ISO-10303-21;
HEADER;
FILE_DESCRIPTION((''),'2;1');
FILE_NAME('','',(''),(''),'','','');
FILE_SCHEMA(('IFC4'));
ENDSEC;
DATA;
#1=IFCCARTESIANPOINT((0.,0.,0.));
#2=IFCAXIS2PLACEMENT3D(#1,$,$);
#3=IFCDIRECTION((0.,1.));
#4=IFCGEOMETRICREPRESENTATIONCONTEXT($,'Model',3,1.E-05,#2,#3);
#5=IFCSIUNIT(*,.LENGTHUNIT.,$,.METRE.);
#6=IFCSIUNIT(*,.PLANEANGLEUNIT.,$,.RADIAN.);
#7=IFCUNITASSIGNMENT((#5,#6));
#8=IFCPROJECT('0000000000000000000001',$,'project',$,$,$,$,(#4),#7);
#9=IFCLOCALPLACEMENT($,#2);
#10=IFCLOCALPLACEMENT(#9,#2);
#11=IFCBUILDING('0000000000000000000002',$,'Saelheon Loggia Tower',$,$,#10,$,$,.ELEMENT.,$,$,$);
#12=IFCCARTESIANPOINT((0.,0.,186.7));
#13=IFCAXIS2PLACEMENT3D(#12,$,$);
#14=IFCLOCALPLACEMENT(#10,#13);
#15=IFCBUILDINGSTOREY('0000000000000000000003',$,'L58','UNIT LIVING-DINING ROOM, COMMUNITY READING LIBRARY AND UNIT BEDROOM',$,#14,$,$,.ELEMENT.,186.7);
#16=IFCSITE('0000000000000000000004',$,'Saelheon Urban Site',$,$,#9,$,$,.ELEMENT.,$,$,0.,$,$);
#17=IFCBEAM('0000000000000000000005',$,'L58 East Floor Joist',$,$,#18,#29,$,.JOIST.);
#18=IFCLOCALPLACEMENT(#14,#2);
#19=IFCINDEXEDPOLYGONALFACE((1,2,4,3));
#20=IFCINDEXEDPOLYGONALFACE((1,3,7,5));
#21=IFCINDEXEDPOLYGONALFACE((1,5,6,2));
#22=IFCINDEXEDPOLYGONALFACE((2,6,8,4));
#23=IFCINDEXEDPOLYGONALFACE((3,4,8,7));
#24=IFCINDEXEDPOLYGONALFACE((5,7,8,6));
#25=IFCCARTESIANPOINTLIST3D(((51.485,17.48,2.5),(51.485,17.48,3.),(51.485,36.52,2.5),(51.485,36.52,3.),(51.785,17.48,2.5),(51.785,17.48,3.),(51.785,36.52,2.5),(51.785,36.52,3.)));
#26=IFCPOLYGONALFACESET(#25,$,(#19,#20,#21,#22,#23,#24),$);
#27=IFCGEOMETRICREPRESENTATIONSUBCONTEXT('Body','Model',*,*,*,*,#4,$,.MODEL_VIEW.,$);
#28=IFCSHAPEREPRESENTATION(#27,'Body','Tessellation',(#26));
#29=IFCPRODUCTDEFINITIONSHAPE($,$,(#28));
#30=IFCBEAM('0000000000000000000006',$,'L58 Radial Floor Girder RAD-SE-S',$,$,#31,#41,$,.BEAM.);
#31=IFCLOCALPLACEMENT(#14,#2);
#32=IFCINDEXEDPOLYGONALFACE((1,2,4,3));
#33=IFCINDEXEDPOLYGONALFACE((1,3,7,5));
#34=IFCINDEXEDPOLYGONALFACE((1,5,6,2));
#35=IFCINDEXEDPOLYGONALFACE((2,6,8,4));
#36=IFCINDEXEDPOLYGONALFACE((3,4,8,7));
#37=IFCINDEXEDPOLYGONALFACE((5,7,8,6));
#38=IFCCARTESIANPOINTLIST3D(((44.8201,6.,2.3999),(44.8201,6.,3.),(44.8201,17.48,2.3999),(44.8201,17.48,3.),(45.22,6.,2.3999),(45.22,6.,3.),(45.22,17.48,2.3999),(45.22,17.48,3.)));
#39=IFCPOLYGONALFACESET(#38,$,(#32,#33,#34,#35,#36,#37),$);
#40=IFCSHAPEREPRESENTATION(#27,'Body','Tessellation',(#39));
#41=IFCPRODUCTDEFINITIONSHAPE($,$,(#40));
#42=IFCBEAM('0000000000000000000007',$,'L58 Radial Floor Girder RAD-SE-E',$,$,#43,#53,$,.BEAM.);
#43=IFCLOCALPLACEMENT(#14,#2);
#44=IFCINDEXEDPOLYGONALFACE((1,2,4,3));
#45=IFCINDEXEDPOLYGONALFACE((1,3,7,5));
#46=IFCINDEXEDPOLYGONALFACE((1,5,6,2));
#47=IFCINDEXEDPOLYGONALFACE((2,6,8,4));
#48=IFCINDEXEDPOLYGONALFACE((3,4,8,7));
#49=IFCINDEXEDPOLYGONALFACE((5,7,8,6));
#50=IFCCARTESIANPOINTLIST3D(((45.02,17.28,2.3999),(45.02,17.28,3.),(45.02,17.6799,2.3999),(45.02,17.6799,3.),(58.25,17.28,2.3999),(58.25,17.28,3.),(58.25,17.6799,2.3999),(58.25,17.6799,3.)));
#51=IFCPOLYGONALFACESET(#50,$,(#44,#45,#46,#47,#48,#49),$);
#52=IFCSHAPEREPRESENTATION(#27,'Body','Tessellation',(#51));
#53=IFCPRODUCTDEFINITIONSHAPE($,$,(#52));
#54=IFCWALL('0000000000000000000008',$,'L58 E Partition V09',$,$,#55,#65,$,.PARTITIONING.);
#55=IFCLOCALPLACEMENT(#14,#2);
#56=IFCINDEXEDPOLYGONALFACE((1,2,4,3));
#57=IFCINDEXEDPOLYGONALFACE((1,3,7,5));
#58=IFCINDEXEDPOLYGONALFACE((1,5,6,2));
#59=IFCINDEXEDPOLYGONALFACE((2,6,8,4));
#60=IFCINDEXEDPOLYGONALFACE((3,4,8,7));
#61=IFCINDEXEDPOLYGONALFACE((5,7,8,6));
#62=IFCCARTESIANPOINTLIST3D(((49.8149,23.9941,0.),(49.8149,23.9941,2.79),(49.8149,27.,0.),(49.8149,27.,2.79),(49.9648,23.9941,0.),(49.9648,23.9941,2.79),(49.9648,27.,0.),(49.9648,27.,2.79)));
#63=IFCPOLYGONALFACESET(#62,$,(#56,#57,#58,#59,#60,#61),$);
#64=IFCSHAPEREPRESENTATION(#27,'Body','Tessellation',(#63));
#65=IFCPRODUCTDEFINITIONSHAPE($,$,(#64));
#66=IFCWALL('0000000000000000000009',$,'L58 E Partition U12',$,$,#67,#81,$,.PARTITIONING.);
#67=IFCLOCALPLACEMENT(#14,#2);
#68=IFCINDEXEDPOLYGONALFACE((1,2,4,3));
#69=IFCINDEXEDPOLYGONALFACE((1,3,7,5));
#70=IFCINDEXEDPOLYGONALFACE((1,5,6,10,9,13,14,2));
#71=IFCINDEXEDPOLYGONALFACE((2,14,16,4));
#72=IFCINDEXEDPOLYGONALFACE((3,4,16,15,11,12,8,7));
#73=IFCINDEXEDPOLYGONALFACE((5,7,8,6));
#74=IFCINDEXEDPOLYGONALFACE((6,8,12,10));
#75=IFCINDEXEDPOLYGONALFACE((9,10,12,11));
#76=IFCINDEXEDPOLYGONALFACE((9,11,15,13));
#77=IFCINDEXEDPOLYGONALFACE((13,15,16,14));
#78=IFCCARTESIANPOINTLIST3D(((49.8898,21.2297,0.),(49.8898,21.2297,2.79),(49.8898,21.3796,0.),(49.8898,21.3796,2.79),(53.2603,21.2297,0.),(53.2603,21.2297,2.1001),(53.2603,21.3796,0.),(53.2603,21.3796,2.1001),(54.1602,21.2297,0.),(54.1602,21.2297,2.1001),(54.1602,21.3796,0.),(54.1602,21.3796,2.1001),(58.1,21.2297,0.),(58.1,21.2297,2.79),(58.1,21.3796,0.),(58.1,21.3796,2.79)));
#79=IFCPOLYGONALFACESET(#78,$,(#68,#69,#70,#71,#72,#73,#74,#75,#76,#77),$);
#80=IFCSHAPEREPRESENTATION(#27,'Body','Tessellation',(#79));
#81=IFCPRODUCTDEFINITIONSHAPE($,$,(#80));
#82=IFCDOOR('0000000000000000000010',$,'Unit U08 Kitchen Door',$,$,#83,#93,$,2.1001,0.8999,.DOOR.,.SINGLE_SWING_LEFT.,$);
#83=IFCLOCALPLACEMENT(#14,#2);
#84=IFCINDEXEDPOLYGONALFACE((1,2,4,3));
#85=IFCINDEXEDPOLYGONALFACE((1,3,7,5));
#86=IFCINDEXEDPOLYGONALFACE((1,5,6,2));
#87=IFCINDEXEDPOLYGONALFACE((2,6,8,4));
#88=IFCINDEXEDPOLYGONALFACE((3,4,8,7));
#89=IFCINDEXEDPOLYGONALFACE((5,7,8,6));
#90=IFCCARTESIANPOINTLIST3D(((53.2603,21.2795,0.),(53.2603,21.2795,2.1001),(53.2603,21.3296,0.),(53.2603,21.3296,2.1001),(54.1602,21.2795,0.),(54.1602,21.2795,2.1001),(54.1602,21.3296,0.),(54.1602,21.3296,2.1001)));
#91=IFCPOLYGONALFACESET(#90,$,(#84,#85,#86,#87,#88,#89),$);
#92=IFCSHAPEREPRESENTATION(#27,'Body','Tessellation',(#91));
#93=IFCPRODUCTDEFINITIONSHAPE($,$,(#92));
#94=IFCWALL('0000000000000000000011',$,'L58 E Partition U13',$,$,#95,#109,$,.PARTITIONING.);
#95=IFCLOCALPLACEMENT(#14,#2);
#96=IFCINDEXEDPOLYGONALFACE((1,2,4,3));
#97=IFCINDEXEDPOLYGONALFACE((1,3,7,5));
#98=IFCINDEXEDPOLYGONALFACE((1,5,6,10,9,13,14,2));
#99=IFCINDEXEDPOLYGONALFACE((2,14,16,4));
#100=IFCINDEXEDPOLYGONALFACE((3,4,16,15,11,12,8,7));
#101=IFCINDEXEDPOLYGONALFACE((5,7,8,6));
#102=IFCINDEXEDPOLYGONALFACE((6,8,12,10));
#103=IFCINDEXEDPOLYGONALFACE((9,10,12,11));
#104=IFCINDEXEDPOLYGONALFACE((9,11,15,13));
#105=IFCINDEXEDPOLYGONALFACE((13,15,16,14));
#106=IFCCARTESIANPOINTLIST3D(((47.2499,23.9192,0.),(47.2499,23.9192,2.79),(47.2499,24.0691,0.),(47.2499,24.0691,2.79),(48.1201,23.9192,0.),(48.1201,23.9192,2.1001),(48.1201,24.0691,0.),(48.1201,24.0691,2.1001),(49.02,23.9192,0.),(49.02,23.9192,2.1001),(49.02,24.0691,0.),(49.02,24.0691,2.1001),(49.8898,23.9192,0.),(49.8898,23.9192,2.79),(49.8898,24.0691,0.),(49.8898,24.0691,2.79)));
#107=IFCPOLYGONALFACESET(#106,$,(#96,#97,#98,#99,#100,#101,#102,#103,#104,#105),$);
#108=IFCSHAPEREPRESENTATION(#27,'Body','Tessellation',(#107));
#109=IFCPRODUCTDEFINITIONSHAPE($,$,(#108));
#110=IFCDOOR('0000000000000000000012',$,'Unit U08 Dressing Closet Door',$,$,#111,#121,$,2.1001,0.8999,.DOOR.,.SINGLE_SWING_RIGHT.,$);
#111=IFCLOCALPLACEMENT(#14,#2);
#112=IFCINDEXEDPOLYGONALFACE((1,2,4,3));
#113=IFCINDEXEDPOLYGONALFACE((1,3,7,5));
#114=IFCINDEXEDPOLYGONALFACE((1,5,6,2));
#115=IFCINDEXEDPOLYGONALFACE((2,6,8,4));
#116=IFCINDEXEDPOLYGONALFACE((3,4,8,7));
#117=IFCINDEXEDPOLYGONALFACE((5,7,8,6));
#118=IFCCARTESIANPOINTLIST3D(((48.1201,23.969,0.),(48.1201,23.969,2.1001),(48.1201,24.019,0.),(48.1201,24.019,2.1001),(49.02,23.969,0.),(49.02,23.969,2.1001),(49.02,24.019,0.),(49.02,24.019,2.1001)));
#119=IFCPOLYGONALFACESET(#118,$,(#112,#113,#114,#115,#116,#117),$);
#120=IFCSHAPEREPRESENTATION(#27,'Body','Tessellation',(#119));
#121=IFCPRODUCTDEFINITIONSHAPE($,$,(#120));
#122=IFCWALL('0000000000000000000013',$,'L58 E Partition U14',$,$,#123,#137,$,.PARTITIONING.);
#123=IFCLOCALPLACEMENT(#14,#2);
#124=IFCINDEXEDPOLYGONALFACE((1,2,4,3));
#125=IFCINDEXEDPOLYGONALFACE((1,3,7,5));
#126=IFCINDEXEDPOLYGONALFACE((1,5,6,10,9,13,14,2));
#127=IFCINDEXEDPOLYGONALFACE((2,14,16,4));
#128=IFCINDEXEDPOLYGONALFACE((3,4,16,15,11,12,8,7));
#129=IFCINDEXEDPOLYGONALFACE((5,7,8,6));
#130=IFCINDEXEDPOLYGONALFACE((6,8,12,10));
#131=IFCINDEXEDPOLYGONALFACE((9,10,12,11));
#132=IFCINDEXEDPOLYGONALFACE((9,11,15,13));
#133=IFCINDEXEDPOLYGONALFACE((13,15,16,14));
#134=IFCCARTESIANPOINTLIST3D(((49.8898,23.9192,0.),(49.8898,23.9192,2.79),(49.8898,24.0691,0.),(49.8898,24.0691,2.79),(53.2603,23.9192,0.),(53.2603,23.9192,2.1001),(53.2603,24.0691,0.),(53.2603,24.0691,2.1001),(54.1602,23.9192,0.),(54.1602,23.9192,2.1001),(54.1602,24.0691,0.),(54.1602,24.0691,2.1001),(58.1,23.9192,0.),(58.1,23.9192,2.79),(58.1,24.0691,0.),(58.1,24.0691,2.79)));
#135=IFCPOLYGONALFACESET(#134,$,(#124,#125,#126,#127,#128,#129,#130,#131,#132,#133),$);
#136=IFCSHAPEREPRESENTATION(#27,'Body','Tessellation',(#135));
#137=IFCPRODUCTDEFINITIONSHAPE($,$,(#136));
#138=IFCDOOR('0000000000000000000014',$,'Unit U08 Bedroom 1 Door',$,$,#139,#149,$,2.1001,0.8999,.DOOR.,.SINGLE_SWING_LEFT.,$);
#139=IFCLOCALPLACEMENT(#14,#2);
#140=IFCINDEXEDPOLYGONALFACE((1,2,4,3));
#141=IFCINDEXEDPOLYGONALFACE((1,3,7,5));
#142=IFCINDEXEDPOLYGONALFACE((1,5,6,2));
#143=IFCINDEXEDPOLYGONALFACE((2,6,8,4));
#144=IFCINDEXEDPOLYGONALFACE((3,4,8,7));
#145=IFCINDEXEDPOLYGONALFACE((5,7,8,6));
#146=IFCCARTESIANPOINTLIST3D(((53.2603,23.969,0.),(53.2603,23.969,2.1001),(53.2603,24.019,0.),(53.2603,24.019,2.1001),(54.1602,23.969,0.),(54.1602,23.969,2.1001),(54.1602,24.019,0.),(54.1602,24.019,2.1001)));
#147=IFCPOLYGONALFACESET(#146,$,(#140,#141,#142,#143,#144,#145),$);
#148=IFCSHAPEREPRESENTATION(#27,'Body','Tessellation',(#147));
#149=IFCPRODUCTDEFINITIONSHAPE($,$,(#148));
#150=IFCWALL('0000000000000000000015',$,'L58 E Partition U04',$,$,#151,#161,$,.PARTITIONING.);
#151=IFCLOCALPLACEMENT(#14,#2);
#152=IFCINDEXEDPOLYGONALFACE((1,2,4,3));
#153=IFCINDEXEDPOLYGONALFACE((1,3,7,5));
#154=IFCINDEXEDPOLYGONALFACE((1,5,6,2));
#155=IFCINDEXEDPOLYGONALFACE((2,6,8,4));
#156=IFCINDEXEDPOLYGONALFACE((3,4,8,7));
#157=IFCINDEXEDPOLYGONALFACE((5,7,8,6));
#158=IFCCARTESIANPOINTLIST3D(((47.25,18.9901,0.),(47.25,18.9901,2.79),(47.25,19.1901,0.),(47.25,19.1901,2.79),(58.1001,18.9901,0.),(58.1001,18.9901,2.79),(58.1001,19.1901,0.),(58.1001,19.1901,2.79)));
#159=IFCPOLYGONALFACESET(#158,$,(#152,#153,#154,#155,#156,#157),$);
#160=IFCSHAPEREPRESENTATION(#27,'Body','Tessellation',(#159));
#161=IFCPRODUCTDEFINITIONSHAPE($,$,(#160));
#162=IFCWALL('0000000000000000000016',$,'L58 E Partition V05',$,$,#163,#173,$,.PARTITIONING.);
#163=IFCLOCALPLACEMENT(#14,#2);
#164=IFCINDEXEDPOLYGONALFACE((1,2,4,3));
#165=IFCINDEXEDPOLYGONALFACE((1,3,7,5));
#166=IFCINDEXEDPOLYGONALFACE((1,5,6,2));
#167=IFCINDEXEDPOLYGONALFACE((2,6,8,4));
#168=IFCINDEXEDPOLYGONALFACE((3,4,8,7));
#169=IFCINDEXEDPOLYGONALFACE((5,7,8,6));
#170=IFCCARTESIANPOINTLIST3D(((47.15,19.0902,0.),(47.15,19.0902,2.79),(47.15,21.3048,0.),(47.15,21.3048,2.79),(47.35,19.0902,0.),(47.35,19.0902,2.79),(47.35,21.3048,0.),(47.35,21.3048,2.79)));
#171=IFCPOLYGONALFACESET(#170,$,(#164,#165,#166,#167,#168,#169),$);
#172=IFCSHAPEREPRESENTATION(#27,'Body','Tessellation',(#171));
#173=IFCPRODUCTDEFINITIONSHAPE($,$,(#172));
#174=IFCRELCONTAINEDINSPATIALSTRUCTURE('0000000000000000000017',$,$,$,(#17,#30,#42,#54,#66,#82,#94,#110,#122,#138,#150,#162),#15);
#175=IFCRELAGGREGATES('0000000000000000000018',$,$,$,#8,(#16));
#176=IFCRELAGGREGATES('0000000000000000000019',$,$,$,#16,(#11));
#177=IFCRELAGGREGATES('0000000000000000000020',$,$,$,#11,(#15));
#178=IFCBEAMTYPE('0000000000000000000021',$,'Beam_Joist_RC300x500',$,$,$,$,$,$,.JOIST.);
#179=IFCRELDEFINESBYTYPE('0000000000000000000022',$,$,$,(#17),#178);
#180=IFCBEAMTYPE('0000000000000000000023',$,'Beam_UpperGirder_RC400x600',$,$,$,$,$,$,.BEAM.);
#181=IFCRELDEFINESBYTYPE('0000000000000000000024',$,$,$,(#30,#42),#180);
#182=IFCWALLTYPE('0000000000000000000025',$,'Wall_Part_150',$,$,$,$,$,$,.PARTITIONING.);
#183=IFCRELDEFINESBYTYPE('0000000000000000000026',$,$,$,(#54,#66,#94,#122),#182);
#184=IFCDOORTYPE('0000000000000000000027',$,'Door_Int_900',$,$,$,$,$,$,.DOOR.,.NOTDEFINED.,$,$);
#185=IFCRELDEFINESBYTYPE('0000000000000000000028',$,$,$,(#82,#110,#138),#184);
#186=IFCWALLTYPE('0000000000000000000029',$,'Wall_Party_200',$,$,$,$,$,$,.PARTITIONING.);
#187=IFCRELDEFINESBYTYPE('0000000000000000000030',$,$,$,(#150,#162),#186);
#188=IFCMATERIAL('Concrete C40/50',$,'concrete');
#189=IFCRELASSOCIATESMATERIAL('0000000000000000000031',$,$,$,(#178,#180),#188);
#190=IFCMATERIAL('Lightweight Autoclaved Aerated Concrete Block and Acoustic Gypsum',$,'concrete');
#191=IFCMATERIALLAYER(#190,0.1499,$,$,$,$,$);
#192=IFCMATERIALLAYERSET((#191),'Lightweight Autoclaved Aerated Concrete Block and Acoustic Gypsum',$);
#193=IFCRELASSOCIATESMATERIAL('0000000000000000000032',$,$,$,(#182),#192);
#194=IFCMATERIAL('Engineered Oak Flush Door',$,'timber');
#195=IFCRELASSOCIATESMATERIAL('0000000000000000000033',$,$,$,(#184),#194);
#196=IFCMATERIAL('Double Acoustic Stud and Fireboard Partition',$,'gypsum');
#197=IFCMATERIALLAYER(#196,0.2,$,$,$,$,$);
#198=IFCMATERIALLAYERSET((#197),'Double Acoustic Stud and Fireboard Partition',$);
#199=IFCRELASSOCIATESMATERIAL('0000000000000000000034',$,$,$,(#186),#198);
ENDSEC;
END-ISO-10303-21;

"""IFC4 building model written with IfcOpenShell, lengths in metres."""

from ifc_helpers import new_model, si_unit, direction, frame, frame_2d, origin, origin_2d, place, context, subcontext, project, spatial, rectangle, extrude, source, transform, mapped, material, layer, layer_set, material_profile, profile_set, type_object, element, fill, save


model = new_model("IFC4")

# Units and contexts
model_context = context("Model", 3, precision=1e-05, world=origin(), true_north=direction((0.0, 1.0)))
body_context = subcontext(model_context, "Body", "Model", "MODEL_VIEW")
ifc_project = project(units=[si_unit("LENGTHUNIT", "METRE"), si_unit("PLANEANGLEUNIT", "RADIAN")], contexts=[model_context])

# Site, building, storey
site_placement = place(None, origin())
site = spatial("IfcSite", under=ifc_project, at=site_placement, Name="Saelheon Urban Site", CompositionType="ELEMENT", RefElevation=0.0)
building_placement = place(site_placement, origin())
building = spatial("IfcBuilding", under=site, at=building_placement, Name="Saelheon Loggia Tower", CompositionType="ELEMENT")
storey_placement = place(building_placement, frame((0.0, 0.0, 186.7)))
storey = spatial("IfcBuildingStorey", under=building, at=storey_placement, Name="L58", Description="UNIT LIVING-DINING ROOM, COMMUNITY READING LIBRARY AND UNIT BEDROOM", CompositionType="ELEMENT", Elevation=186.7)

# Beams
ifc_material_1 = material(Name="Concrete C40/50", Category="concrete")
ifc_material_profile_1 = material_profile(ifc_material_1, rectangle(XDim=0.3, YDim=0.5, at=origin_2d()), Name="RC-300x500")
ifc_profile_set_1 = profile_set([ifc_material_profile_1], Name="Concrete C40/50")
beam_type_1 = type_object("IfcBeamType", Name="Beam_Joist_RC300x500", PredefinedType="JOIST", material=ifc_profile_set_1)
shared_shape_1 = source(origin(), body_context, "Body", "SweptSolid", [
    extrude(rectangle(XDim=0.3, YDim=0.5, at=origin_2d()), origin(), (0.0, 0.0, 1.0), 19.04),
])
beam_1_placement = place(storey_placement, frame((51.635, 17.48, 2.75), z_axis=(0.0, 1.0, 0.0), x_axis=(-1.0, 0.0, 0.0)))
element("IfcBeam", 1, at=beam_1_placement, inside=storey, type_object=beam_type_1, Name="L58 East Floor Joist", PredefinedType="JOIST", context=body_context, shape_type="MappedRepresentation", body=[
    mapped(shared_shape_1, transform((0.0, 0.0, 0.0), scale=1.0)),
])
ifc_material_profile_2 = material_profile(ifc_material_1, rectangle(XDim=0.3999, YDim=0.6001, at=origin_2d()), Name="RC-400x600")
ifc_profile_set_2 = profile_set([ifc_material_profile_2], Name="Concrete C40/50")
beam_type_2 = type_object("IfcBeamType", Name="Beam_UpperGirder_RC400x600", PredefinedType="BEAM", material=ifc_profile_set_2)
shared_shape_2 = source(origin(), body_context, "Body", "SweptSolid", [
    extrude(rectangle(XDim=0.3999, YDim=0.6001, at=origin_2d()), origin(), (0.0, 0.0, 1.0), 11.48),
])
beam_2_placement = place(storey_placement, frame((45.02, 17.48, 2.7), z_axis=(0.0, -1.0, 0.0), x_axis=(1.0, 0.0, 0.0)))
element("IfcBeam", 2, at=beam_2_placement, inside=storey, type_object=beam_type_2, Name="L58 Radial Floor Girder RAD-SE-S", PredefinedType="BEAM", context=body_context, shape_type="MappedRepresentation", body=[
    mapped(shared_shape_2, transform((0.0, 0.0, 0.0), scale=1.0)),
])
shared_shape_3 = source(origin(), body_context, "Body", "SweptSolid", [
    extrude(rectangle(XDim=0.3999, YDim=0.6001, at=origin_2d()), origin(), (0.0, 0.0, 1.0), 13.23),
])
beam_3_placement = place(storey_placement, frame((45.02, 17.48, 2.7), z_axis=(1.0, 0.0, 0.0), x_axis=(0.0, 1.0, 0.0)))
element("IfcBeam", 3, at=beam_3_placement, inside=storey, type_object=beam_type_2, Name="L58 Radial Floor Girder RAD-SE-E", PredefinedType="BEAM", context=body_context, shape_type="MappedRepresentation", body=[
    mapped(shared_shape_3, transform((0.0, 0.0, 0.0), scale=1.0)),
])

# Wall
ifc_material_2 = material(Name="Lightweight Autoclaved Aerated Concrete Block and Acoustic Gypsum", Category="concrete")
ifc_layer_1 = layer(ifc_material_2, 0.1499)
ifc_layer_set_1 = layer_set([ifc_layer_1], Name="Lightweight Autoclaved Aerated Concrete Block and Acoustic Gypsum")
wall_type_1 = type_object("IfcWallType", Name="Wall_Part_150", PredefinedType="PARTITIONING", material=ifc_layer_set_1)
wall_1_placement = place(storey_placement, frame((49.8899, 23.9941, 0.0), z_axis=(0.0, 0.0, 1.0), x_axis=(0.0, 1.0, 0.0)))
element("IfcWall", 4, at=wall_1_placement, inside=storey, type_object=wall_type_1, Name="L58 E Partition V09", PredefinedType="PARTITIONING", context=body_context, shape_type="SweptSolid", body=[
    extrude(rectangle(XDim=3.0059, YDim=0.1499, at=frame_2d((1.5029, 0.0))), origin(), (0.0, 0.0, 1.0), 2.79),
])

# Walls, openings, doors
wall_2_placement = place(storey_placement, frame((49.8899, 21.3047, 0.0), z_axis=(0.0, 0.0, 1.0), x_axis=(1.0, 0.0, 0.0)))
wall_2 = element("IfcWall", 5, at=wall_2_placement, inside=storey, type_object=wall_type_1, Name="L58 E Partition U12", PredefinedType="PARTITIONING", context=body_context, shape_type="SweptSolid", body=[
    extrude(rectangle(XDim=8.2102, YDim=0.1499, at=frame_2d((4.105, 0.0))), origin(), (0.0, 0.0, 1.0), 2.79),
])
opening_1_placement = place(wall_2_placement, frame((3.3704, 0.0, 0.0)))
opening_1 = element("IfcOpeningElement", 6, at=opening_1_placement, cuts=wall_2, PredefinedType="OPENING", context=body_context, shape_type="SweptSolid", body=[
    extrude(rectangle(XDim=0.8999, YDim=2.1001, at=frame_2d((0.45, 1.05))), frame((0.0, 0.0869, 0.0), z_axis=(0.0, -1.0, 0.0), x_axis=(1.0, 0.0, 0.0)), (0.0, 0.0, 1.0), 0.1738),
])
ifc_material_3 = material(Name="Engineered Oak Flush Door", Category="timber")
door_type_1 = type_object("IfcDoorType", Name="Door_Int_900", OperationType="NOTDEFINED", PredefinedType="DOOR", material=ifc_material_3)
shared_shape_4 = source(origin(), body_context, "Body", "SweptSolid", [
    extrude(rectangle(XDim=0.8999, YDim=2.1001, at=frame_2d((0.45, 1.05))), frame((0.0, 0.0249, 0.0), z_axis=(0.0, -1.0, 0.0), x_axis=(1.0, 0.0, 0.0)), (0.0, 0.0, 1.0), 0.05),
])
door_1_placement = place(opening_1_placement, origin())
door_1 = element("IfcDoor", 7, at=door_1_placement, inside=storey, type_object=door_type_1, Name="Unit U08 Kitchen Door", OperationType="SINGLE_SWING_LEFT", OverallHeight=2.1001, OverallWidth=0.8999, PredefinedType="DOOR", context=body_context, shape_type="MappedRepresentation", body=[
    mapped(shared_shape_4, transform((0.0, 0.0, 0.0), scale=1.0)),
])
fill(opening_1, door_1)
wall_3_placement = place(storey_placement, frame((47.25, 23.9941, 0.0), z_axis=(0.0, 0.0, 1.0), x_axis=(1.0, 0.0, 0.0)))
wall_3 = element("IfcWall", 8, at=wall_3_placement, inside=storey, type_object=wall_type_1, Name="L58 E Partition U13", PredefinedType="PARTITIONING", context=body_context, shape_type="SweptSolid", body=[
    extrude(rectangle(XDim=2.6399, YDim=0.1499, at=frame_2d((1.3198, 0.0))), origin(), (0.0, 0.0, 1.0), 2.79),
])
opening_2_placement = place(wall_3_placement, frame((0.8701, 0.0, 0.0)))
opening_2 = element("IfcOpeningElement", 9, at=opening_2_placement, cuts=wall_3, PredefinedType="OPENING", context=body_context, shape_type="SweptSolid", body=[
    extrude(rectangle(XDim=0.8999, YDim=2.1001, at=frame_2d((0.45, 1.05))), frame((0.0, 0.0869, 0.0), z_axis=(0.0, -1.0, 0.0), x_axis=(1.0, 0.0, 0.0)), (0.0, 0.0, 1.0), 0.1738),
])
door_2_placement = place(opening_2_placement, origin())
door_2 = element("IfcDoor", 10, at=door_2_placement, inside=storey, type_object=door_type_1, Name="Unit U08 Dressing Closet Door", OperationType="SINGLE_SWING_RIGHT", OverallHeight=2.1001, OverallWidth=0.8999, PredefinedType="DOOR", context=body_context, shape_type="MappedRepresentation", body=[
    mapped(shared_shape_4, transform((0.0, 0.0, 0.0), scale=1.0)),
])
fill(opening_2, door_2)
wall_4_placement = place(storey_placement, frame((49.8899, 23.9941, 0.0), z_axis=(0.0, 0.0, 1.0), x_axis=(1.0, 0.0, 0.0)))
wall_4 = element("IfcWall", 11, at=wall_4_placement, inside=storey, type_object=wall_type_1, Name="L58 E Partition U14", PredefinedType="PARTITIONING", context=body_context, shape_type="SweptSolid", body=[
    extrude(rectangle(XDim=8.2102, YDim=0.1499, at=frame_2d((4.105, 0.0))), origin(), (0.0, 0.0, 1.0), 2.79),
])
opening_3_placement = place(wall_4_placement, frame((3.3704, 0.0, 0.0)))
opening_3 = element("IfcOpeningElement", 12, at=opening_3_placement, cuts=wall_4, PredefinedType="OPENING", context=body_context, shape_type="SweptSolid", body=[
    extrude(rectangle(XDim=0.8999, YDim=2.1001, at=frame_2d((0.45, 1.05))), frame((0.0, 0.0869, 0.0), z_axis=(0.0, -1.0, 0.0), x_axis=(1.0, 0.0, 0.0)), (0.0, 0.0, 1.0), 0.1738),
])
door_3_placement = place(opening_3_placement, origin())
door_3 = element("IfcDoor", 13, at=door_3_placement, inside=storey, type_object=door_type_1, Name="Unit U08 Bedroom 1 Door", OperationType="SINGLE_SWING_LEFT", OverallHeight=2.1001, OverallWidth=0.8999, PredefinedType="DOOR", context=body_context, shape_type="MappedRepresentation", body=[
    mapped(shared_shape_4, transform((0.0, 0.0, 0.0), scale=1.0)),
])
fill(opening_3, door_3)

# Walls
ifc_material_4 = material(Name="Double Acoustic Stud and Fireboard Partition", Category="gypsum")
ifc_layer_2 = layer(ifc_material_4, 0.2)
ifc_layer_set_2 = layer_set([ifc_layer_2], Name="Double Acoustic Stud and Fireboard Partition")
wall_type_2 = type_object("IfcWallType", Name="Wall_Party_200", PredefinedType="PARTITIONING", material=ifc_layer_set_2)
wall_5_placement = place(storey_placement, frame((47.25, 19.0901, 0.0), z_axis=(0.0, 0.0, 1.0), x_axis=(1.0, 0.0, 0.0)))
element("IfcWall", 14, at=wall_5_placement, inside=storey, type_object=wall_type_2, Name="L58 E Partition U04", PredefinedType="PARTITIONING", context=body_context, shape_type="SweptSolid", body=[
    extrude(rectangle(XDim=10.8501, YDim=0.2, at=frame_2d((5.425, 0.0))), origin(), (0.0, 0.0, 1.0), 2.79),
])
wall_6_placement = place(storey_placement, frame((47.25, 19.0901, 0.0), z_axis=(0.0, 0.0, 1.0), x_axis=(0.0, 1.0, 0.0)))
element("IfcWall", 15, at=wall_6_placement, inside=storey, type_object=wall_type_2, Name="L58 E Partition V05", PredefinedType="PARTITIONING", context=body_context, shape_type="SweptSolid", body=[
    extrude(rectangle(XDim=2.2146, YDim=0.2, at=frame_2d((1.1074, 0.0))), origin(), (0.0, 0.0, 1.0), 2.79),
])

save(model, "model.ifc")
